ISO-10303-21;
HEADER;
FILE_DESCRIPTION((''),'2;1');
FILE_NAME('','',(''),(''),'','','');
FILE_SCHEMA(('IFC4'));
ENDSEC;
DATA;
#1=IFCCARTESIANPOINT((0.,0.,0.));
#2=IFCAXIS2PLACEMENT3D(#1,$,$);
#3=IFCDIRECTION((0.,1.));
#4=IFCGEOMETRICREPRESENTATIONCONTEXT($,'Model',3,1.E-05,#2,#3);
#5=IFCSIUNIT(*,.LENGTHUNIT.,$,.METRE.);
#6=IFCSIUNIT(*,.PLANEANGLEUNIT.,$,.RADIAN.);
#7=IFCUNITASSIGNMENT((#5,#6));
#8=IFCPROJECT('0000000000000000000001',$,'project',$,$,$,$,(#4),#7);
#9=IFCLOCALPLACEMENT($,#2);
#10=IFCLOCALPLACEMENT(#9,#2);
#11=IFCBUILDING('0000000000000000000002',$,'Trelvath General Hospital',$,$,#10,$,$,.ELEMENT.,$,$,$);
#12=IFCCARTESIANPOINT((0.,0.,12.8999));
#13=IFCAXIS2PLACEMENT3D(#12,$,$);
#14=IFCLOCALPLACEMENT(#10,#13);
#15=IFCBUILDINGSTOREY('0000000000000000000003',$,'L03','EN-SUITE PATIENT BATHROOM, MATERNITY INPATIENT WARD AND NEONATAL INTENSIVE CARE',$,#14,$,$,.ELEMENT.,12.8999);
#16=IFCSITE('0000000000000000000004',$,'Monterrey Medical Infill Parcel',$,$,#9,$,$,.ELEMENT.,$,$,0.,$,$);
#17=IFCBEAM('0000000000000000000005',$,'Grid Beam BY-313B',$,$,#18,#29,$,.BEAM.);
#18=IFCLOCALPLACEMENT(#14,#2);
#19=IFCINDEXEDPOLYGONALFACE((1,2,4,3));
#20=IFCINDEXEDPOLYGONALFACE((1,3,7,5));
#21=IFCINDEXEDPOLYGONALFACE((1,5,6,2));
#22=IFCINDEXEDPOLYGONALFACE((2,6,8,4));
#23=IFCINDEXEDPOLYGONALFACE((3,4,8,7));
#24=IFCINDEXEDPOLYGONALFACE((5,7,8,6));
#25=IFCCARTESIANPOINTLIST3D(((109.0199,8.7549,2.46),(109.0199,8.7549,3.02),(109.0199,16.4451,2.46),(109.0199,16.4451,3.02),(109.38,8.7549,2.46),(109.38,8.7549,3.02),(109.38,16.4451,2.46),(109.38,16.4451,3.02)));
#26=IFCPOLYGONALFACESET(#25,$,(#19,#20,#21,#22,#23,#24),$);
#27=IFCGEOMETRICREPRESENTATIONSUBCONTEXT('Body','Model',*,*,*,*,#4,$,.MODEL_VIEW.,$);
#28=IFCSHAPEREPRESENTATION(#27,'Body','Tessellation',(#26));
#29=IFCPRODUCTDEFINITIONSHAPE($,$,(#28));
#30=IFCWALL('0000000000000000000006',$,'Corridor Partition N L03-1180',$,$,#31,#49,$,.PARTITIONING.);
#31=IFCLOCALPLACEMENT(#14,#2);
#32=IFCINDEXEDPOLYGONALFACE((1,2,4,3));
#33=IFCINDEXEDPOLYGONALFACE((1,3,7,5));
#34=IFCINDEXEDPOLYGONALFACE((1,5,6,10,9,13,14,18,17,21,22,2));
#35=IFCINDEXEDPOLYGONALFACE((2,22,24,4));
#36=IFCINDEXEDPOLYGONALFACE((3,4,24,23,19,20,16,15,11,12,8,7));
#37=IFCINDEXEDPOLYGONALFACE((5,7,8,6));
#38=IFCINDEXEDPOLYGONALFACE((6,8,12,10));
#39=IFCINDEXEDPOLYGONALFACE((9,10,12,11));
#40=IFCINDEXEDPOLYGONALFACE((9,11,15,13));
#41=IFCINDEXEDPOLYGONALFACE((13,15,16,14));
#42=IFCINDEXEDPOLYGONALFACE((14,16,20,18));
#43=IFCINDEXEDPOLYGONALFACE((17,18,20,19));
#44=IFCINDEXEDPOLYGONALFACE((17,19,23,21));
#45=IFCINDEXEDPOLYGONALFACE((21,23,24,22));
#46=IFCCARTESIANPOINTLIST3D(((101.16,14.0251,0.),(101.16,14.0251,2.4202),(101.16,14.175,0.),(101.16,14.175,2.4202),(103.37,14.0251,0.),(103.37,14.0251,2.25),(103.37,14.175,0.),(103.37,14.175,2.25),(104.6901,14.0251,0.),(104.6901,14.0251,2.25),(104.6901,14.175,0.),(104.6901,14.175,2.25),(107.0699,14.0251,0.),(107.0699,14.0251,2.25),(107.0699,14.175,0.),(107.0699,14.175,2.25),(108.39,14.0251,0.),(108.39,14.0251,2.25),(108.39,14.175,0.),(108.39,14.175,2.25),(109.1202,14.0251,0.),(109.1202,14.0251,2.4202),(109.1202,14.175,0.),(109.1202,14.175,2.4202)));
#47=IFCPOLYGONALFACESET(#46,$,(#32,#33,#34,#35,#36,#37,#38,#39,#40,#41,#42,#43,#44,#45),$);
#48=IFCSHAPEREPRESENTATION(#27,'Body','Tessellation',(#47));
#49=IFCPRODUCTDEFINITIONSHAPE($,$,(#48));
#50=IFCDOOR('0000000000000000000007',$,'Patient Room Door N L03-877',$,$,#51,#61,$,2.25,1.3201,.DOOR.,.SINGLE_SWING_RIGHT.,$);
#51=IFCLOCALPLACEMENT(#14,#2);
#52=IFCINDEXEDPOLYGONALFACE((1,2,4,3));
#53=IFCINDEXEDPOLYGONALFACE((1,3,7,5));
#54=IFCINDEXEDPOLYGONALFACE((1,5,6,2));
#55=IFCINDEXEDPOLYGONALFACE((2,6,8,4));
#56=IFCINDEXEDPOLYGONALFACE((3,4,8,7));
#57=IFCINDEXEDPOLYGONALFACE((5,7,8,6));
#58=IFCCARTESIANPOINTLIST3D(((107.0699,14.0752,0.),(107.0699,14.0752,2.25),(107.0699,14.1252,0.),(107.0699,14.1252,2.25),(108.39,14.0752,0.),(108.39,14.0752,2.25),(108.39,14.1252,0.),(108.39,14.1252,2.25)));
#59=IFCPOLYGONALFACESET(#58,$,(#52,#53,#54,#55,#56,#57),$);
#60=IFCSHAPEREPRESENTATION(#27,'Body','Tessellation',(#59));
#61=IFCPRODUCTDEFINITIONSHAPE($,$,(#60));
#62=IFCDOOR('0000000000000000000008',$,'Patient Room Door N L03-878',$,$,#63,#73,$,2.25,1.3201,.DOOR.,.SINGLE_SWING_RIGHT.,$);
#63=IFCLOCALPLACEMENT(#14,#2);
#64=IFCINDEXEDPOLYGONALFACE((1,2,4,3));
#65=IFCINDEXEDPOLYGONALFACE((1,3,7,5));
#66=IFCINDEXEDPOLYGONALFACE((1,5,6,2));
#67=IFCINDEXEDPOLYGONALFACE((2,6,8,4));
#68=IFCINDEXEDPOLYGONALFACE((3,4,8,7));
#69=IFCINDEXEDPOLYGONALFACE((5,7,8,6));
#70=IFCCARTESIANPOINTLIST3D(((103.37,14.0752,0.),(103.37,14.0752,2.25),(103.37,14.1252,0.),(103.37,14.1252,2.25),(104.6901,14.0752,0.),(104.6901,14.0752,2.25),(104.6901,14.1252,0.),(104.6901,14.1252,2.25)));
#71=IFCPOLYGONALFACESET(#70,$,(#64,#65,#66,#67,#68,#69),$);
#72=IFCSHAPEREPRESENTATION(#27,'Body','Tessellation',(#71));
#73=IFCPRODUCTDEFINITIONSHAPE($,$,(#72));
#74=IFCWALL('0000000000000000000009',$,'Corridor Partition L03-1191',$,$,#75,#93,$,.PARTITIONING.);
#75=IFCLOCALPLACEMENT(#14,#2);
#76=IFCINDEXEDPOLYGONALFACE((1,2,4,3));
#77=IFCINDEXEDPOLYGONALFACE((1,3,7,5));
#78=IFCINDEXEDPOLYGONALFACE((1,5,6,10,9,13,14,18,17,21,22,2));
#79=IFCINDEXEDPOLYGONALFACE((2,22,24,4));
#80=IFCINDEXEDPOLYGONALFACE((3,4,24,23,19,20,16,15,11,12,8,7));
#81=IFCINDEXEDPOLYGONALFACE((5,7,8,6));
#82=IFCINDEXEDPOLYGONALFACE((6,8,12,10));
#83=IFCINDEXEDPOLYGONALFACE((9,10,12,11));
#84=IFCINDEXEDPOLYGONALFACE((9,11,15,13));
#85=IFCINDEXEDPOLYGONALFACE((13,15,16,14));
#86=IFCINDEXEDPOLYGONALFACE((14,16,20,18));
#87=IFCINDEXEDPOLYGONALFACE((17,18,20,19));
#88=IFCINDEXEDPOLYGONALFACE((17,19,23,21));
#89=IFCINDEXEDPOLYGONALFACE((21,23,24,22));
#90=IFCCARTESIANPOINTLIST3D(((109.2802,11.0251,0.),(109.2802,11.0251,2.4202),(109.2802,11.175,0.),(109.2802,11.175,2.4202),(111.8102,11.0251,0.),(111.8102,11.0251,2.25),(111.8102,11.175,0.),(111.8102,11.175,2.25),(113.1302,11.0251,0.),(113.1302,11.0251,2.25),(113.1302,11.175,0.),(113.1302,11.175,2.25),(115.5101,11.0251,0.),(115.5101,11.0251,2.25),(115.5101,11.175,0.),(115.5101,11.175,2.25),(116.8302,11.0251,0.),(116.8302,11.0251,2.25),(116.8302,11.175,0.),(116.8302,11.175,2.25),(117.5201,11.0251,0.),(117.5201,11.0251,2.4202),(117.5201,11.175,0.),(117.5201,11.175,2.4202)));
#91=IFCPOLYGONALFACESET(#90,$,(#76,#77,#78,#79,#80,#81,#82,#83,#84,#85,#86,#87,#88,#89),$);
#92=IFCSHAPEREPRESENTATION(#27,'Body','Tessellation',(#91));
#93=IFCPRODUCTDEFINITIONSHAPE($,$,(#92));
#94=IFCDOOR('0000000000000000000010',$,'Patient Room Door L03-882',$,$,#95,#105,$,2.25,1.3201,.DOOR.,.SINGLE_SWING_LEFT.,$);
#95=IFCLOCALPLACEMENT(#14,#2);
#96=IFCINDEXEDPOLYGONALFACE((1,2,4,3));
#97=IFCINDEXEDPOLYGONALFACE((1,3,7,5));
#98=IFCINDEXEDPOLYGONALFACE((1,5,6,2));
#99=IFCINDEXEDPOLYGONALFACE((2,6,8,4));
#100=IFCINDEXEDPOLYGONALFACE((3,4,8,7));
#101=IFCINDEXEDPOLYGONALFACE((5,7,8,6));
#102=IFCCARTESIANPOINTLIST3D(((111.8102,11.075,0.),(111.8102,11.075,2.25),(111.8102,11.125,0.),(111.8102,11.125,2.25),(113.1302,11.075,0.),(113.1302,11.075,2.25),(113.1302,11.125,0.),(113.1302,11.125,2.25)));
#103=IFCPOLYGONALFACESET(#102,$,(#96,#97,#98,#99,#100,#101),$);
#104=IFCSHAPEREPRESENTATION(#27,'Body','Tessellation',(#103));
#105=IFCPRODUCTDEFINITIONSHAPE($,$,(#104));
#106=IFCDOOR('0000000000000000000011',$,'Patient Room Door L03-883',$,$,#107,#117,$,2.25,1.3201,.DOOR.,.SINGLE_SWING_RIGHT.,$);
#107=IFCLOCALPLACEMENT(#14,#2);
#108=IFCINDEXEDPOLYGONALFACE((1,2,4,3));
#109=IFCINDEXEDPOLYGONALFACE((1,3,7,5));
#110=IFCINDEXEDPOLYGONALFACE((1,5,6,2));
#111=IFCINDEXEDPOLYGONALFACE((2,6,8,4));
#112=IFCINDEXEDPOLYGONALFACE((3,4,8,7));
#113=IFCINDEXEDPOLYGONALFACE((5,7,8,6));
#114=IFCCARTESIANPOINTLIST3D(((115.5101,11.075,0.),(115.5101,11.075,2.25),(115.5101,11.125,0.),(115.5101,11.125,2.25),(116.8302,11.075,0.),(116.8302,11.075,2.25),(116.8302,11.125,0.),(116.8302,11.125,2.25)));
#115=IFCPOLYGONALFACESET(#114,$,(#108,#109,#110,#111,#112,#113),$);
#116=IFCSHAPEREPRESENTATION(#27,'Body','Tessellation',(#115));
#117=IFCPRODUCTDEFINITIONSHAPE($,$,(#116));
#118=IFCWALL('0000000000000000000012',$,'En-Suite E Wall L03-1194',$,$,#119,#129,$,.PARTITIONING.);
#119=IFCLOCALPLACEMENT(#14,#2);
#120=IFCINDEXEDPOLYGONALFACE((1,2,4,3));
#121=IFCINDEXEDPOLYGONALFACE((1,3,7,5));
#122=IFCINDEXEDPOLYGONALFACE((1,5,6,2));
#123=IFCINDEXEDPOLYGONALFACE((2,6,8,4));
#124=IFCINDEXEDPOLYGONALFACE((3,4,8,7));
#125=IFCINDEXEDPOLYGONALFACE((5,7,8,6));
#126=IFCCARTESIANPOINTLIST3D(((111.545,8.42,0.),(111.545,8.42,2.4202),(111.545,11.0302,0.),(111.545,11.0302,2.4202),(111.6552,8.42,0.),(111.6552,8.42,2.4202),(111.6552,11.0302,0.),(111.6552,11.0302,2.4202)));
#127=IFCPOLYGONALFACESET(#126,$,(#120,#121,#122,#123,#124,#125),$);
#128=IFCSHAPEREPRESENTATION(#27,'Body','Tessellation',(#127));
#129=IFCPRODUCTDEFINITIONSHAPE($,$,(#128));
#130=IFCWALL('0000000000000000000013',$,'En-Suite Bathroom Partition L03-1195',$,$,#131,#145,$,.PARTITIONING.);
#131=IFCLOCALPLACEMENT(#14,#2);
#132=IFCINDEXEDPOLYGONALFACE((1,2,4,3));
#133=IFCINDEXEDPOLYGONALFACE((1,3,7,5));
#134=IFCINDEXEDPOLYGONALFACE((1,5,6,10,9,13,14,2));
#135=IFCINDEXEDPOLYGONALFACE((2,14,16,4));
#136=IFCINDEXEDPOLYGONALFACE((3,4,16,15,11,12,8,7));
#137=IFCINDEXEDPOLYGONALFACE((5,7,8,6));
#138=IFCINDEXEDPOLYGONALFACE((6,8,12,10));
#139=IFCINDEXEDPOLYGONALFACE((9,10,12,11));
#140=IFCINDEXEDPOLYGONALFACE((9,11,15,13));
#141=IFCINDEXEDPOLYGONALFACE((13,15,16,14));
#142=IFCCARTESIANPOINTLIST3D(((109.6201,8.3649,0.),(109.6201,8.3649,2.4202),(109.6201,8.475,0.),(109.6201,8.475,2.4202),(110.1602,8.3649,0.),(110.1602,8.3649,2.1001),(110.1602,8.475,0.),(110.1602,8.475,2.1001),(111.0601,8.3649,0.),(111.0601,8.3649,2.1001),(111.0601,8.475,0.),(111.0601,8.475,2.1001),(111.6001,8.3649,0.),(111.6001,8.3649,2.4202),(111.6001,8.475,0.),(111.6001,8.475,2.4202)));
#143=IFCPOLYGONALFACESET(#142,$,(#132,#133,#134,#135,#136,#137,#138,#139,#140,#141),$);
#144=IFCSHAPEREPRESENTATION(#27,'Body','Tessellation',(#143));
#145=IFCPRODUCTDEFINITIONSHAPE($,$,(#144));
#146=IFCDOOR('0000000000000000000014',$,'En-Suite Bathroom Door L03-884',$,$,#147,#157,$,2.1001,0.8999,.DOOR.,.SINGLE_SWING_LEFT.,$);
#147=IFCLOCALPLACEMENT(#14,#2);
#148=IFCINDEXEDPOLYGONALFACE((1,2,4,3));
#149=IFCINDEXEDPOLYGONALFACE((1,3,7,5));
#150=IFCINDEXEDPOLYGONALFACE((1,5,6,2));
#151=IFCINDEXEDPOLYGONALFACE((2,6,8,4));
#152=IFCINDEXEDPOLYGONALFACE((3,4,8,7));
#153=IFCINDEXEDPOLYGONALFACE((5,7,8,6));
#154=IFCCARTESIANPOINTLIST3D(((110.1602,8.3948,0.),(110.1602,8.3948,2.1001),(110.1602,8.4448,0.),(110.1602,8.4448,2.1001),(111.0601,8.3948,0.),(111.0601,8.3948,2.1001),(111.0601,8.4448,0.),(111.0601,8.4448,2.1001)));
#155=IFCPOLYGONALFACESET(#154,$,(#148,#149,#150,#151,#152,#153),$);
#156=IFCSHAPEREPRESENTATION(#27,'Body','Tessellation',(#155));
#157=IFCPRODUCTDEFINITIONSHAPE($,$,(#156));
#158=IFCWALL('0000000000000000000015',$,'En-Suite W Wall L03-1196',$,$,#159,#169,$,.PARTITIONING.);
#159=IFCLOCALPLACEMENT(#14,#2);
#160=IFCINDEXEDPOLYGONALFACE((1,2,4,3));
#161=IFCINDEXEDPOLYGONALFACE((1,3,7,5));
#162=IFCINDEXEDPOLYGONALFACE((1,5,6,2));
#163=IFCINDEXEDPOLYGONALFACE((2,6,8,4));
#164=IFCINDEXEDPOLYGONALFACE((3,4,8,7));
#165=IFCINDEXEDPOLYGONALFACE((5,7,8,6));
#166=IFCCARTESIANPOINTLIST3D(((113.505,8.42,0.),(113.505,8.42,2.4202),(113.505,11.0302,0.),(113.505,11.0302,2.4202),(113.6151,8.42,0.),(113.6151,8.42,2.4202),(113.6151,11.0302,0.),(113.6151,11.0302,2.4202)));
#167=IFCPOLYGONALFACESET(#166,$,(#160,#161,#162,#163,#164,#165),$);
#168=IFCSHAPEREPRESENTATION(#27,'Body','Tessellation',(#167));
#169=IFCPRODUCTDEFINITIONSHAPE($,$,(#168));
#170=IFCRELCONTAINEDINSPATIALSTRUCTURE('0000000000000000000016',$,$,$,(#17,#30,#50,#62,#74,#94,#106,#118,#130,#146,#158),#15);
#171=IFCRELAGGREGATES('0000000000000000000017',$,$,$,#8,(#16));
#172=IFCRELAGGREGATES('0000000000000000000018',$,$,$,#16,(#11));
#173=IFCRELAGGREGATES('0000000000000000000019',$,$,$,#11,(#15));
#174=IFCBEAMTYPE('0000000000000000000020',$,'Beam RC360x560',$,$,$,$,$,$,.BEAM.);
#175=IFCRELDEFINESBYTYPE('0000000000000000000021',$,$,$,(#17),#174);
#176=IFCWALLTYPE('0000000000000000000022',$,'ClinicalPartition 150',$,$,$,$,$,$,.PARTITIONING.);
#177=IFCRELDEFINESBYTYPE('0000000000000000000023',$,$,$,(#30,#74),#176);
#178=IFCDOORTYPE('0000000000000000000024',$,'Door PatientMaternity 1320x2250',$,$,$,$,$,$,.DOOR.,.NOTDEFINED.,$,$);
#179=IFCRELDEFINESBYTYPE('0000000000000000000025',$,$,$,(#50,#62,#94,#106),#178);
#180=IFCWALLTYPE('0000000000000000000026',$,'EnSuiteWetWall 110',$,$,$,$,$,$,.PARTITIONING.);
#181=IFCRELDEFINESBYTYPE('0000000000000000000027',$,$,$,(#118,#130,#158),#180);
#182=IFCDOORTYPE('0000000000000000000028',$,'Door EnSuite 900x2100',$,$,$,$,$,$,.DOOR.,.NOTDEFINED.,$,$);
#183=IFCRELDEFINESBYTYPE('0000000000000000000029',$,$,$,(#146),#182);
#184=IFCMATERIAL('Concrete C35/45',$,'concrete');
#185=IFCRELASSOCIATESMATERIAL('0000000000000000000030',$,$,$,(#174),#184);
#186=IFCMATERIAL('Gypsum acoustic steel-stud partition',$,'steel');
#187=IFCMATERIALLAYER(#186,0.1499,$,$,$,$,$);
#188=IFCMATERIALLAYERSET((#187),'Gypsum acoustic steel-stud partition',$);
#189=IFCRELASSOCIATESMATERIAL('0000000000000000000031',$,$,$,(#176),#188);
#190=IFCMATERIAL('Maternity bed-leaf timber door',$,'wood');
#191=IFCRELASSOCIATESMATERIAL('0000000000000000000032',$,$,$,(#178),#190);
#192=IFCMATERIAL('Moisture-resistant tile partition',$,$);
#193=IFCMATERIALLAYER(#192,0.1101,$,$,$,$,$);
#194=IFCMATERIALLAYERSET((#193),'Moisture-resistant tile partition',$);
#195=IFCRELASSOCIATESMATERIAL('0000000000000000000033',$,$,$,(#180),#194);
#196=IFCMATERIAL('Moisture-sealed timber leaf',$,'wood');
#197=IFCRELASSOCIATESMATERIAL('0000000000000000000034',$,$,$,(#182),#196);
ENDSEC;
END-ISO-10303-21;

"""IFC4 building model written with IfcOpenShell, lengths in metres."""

from ifc_helpers import new_model, si_unit, direction, frame, frame_2d, origin, origin_2d, place, context, subcontext, project, spatial, rectangle, extrude, material, layer, layer_set, material_profile, profile_set, type_object, element, fill, save


model = new_model("IFC4")

# Units and contexts
model_context = context("Model", 3, precision=1e-05, world=origin(), true_north=direction((0.0, 1.0)))
body_context = subcontext(model_context, "Body", "Model", "MODEL_VIEW")
ifc_project = project(units=[si_unit("LENGTHUNIT", "METRE"), si_unit("PLANEANGLEUNIT", "RADIAN")], contexts=[model_context])

# Site, building, storey
site_placement = place(None, origin())
site = spatial("IfcSite", under=ifc_project, at=site_placement, Name="Monterrey Medical Infill Parcel", CompositionType="ELEMENT", RefElevation=0.0)
building_placement = place(site_placement, origin())
building = spatial("IfcBuilding", under=site, at=building_placement, Name="Trelvath General Hospital", CompositionType="ELEMENT")
storey_placement = place(building_placement, frame((0.0, 0.0, 12.8999)))
storey = spatial("IfcBuildingStorey", under=building, at=storey_placement, Name="L03", Description="EN-SUITE PATIENT BATHROOM, MATERNITY INPATIENT WARD AND NEONATAL INTENSIVE CARE", CompositionType="ELEMENT", Elevation=12.8999)

# Beam
ifc_material_1 = material(Name="Concrete C35/45", Category="concrete")
ifc_material_profile = material_profile(ifc_material_1, rectangle(XDim=0.3601, YDim=0.5601, at=origin_2d()), Name="RCB360x560")
ifc_profile_set = profile_set([ifc_material_profile], Name="Concrete C35/45")
beam_type = type_object("IfcBeamType", Name="Beam RC360x560", PredefinedType="BEAM", material=ifc_profile_set)
beam_placement = place(storey_placement, frame((109.2, 8.7549, 2.74), z_axis=(0.0, 1.0, 0.0), x_axis=(-1.0, 0.0, 0.0)))
element("IfcBeam", 1, at=beam_placement, inside=storey, type_object=beam_type, Name="Grid Beam BY-313B", PredefinedType="BEAM", context=body_context, shape_type="SweptSolid", body=[
    extrude(rectangle(XDim=0.3601, YDim=0.5601, at=origin_2d()), origin(), (0.0, 0.0, 1.0), 7.6902),
])

# Walls, openings, doors
ifc_material_2 = material(Name="Gypsum acoustic steel-stud partition", Category="steel")
ifc_layer_1 = layer(ifc_material_2, 0.1499)
ifc_layer_set_1 = layer_set([ifc_layer_1], Name="Gypsum acoustic steel-stud partition")
wall_type_1 = type_object("IfcWallType", Name="ClinicalPartition 150", PredefinedType="PARTITIONING", material=ifc_layer_set_1)
wall_1_placement = place(storey_placement, frame((109.1201, 14.1001, 0.0), z_axis=(0.0, 0.0, 1.0), x_axis=(-1.0, 0.0, 0.0)))
wall_1 = element("IfcWall", 2, at=wall_1_placement, inside=storey, type_object=wall_type_1, Name="Corridor Partition N L03-1180", PredefinedType="PARTITIONING", context=body_context, shape_type="SweptSolid", body=[
    extrude(rectangle(XDim=7.9602, YDim=0.1499, at=frame_2d((3.98, 0.0))), origin(), (0.0, 0.0, 1.0), 2.4202),
])
opening_1_placement = place(wall_1_placement, frame((0.73, 0.0, 0.0)))
opening_1 = element("IfcOpeningElement", 3, at=opening_1_placement, cuts=wall_1, PredefinedType="OPENING", context=body_context, shape_type="SweptSolid", body=[
    extrude(rectangle(XDim=1.3201, YDim=2.25, at=frame_2d((0.6602, 1.125))), frame((0.0, 0.085, 0.0), z_axis=(0.0, -1.0, 0.0), x_axis=(1.0, 0.0, 0.0)), (0.0, 0.0, 1.0), 0.1699),
])
opening_2_placement = place(wall_1_placement, frame((4.4299, 0.0, 0.0)))
opening_2 = element("IfcOpeningElement", 4, at=opening_2_placement, cuts=wall_1, PredefinedType="OPENING", context=body_context, shape_type="SweptSolid", body=[
    extrude(rectangle(XDim=1.3201, YDim=2.25, at=frame_2d((0.6602, 1.125))), frame((0.0, 0.085, 0.0), z_axis=(0.0, -1.0, 0.0), x_axis=(1.0, 0.0, 0.0)), (0.0, 0.0, 1.0), 0.1699),
])
ifc_material_3 = material(Name="Maternity bed-leaf timber door", Category="wood")
door_type_1 = type_object("IfcDoorType", Name="Door PatientMaternity 1320x2250", OperationType="NOTDEFINED", PredefinedType="DOOR", material=ifc_material_3)
door_1_placement = place(opening_1_placement, origin())
door_1 = element("IfcDoor", 5, at=door_1_placement, inside=storey, type_object=door_type_1, Name="Patient Room Door N L03-877", OperationType="SINGLE_SWING_RIGHT", OverallHeight=2.25, OverallWidth=1.3201, PredefinedType="DOOR", context=body_context, shape_type="SweptSolid", body=[
    extrude(rectangle(XDim=1.3201, YDim=2.25, at=frame_2d((0.6602, 1.125))), frame((0.0, 0.0249, 0.0), z_axis=(0.0, -1.0, 0.0), x_axis=(1.0, 0.0, 0.0)), (0.0, 0.0, 1.0), 0.05),
])
fill(opening_1, door_1)
door_2_placement = place(opening_2_placement, origin())
door_2 = element("IfcDoor", 6, at=door_2_placement, inside=storey, type_object=door_type_1, Name="Patient Room Door N L03-878", OperationType="SINGLE_SWING_RIGHT", OverallHeight=2.25, OverallWidth=1.3201, PredefinedType="DOOR", context=body_context, shape_type="SweptSolid", body=[
    extrude(rectangle(XDim=1.3201, YDim=2.25, at=frame_2d((0.6602, 1.125))), frame((0.0, 0.0249, 0.0), z_axis=(0.0, -1.0, 0.0), x_axis=(1.0, 0.0, 0.0)), (0.0, 0.0, 1.0), 0.05),
])
fill(opening_2, door_2)
wall_2_placement = place(storey_placement, frame((109.28, 11.1001, 0.0), z_axis=(0.0, 0.0, 1.0), x_axis=(1.0, 0.0, 0.0)))
wall_2 = element("IfcWall", 7, at=wall_2_placement, inside=storey, type_object=wall_type_1, Name="Corridor Partition L03-1191", PredefinedType="PARTITIONING", context=body_context, shape_type="SweptSolid", body=[
    extrude(rectangle(XDim=8.24, YDim=0.1499, at=frame_2d((4.1201, 0.0))), origin(), (0.0, 0.0, 1.0), 2.4202),
])
opening_3_placement = place(wall_2_placement, frame((2.53, 0.0, 0.0)))
opening_3 = element("IfcOpeningElement", 8, at=opening_3_placement, cuts=wall_2, PredefinedType="OPENING", context=body_context, shape_type="SweptSolid", body=[
    extrude(rectangle(XDim=1.3201, YDim=2.25, at=frame_2d((0.6602, 1.125))), frame((0.0, 0.085, 0.0), z_axis=(0.0, -1.0, 0.0), x_axis=(1.0, 0.0, 0.0)), (0.0, 0.0, 1.0), 0.1699),
])
opening_4_placement = place(wall_2_placement, frame((6.23, 0.0, 0.0)))
opening_4 = element("IfcOpeningElement", 9, at=opening_4_placement, cuts=wall_2, PredefinedType="OPENING", context=body_context, shape_type="SweptSolid", body=[
    extrude(rectangle(XDim=1.3201, YDim=2.25, at=frame_2d((0.6602, 1.125))), frame((0.0, 0.085, 0.0), z_axis=(0.0, -1.0, 0.0), x_axis=(1.0, 0.0, 0.0)), (0.0, 0.0, 1.0), 0.1699),
])
door_3_placement = place(opening_3_placement, origin())
door_3 = element("IfcDoor", 10, at=door_3_placement, inside=storey, type_object=door_type_1, Name="Patient Room Door L03-882", OperationType="SINGLE_SWING_LEFT", OverallHeight=2.25, OverallWidth=1.3201, PredefinedType="DOOR", context=body_context, shape_type="SweptSolid", body=[
    extrude(rectangle(XDim=1.3201, YDim=2.25, at=frame_2d((0.6602, 1.125))), frame((0.0, 0.0249, 0.0), z_axis=(0.0, -1.0, 0.0), x_axis=(1.0, 0.0, 0.0)), (0.0, 0.0, 1.0), 0.05),
])
fill(opening_3, door_3)
door_4_placement = place(opening_4_placement, origin())
door_4 = element("IfcDoor", 11, at=door_4_placement, inside=storey, type_object=door_type_1, Name="Patient Room Door L03-883", OperationType="SINGLE_SWING_RIGHT", OverallHeight=2.25, OverallWidth=1.3201, PredefinedType="DOOR", context=body_context, shape_type="SweptSolid", body=[
    extrude(rectangle(XDim=1.3201, YDim=2.25, at=frame_2d((0.6602, 1.125))), frame((0.0, 0.0249, 0.0), z_axis=(0.0, -1.0, 0.0), x_axis=(1.0, 0.0, 0.0)), (0.0, 0.0, 1.0), 0.05),
])
fill(opening_4, door_4)

# Wall
ifc_material_4 = material(Name="Moisture-resistant tile partition")
ifc_layer_2 = layer(ifc_material_4, 0.1101)
ifc_layer_set_2 = layer_set([ifc_layer_2], Name="Moisture-resistant tile partition")
wall_type_2 = type_object("IfcWallType", Name="EnSuiteWetWall 110", PredefinedType="PARTITIONING", material=ifc_layer_set_2)
wall_3_placement = place(storey_placement, frame((111.6001, 8.4199, 0.0), z_axis=(0.0, 0.0, 1.0), x_axis=(0.0, 1.0, 0.0)))
element("IfcWall", 12, at=wall_3_placement, inside=storey, type_object=wall_type_2, Name="En-Suite E Wall L03-1194", PredefinedType="PARTITIONING", context=body_context, shape_type="SweptSolid", body=[
    extrude(rectangle(XDim=2.6101, YDim=0.1101, at=frame_2d((1.3052, 0.0))), origin(), (0.0, 0.0, 1.0), 2.4202),
])

# Wall, opening, door
wall_4_placement = place(storey_placement, frame((109.6201, 8.4199, 0.0), z_axis=(0.0, 0.0, 1.0), x_axis=(1.0, 0.0, 0.0)))
wall_4 = element("IfcWall", 13, at=wall_4_placement, inside=storey, type_object=wall_type_2, Name="En-Suite Bathroom Partition L03-1195", PredefinedType="PARTITIONING", context=body_context, shape_type="SweptSolid", body=[
    extrude(rectangle(XDim=1.98, YDim=0.1101, at=frame_2d((0.99, 0.0))), origin(), (0.0, 0.0, 1.0), 2.4202),
])
opening_5_placement = place(wall_4_placement, frame((0.54, 0.0, 0.0)))
opening_5 = element("IfcOpeningElement", 14, at=opening_5_placement, cuts=wall_4, PredefinedType="OPENING", context=body_context, shape_type="SweptSolid", body=[
    extrude(rectangle(XDim=0.8999, YDim=2.1001, at=frame_2d((0.45, 1.05))), frame((0.0, 0.0649, 0.0), z_axis=(0.0, -1.0, 0.0), x_axis=(1.0, 0.0, 0.0)), (0.0, 0.0, 1.0), 0.1301),
])
ifc_material_5 = material(Name="Moisture-sealed timber leaf", Category="wood")
door_type_2 = type_object("IfcDoorType", Name="Door EnSuite 900x2100", OperationType="NOTDEFINED", PredefinedType="DOOR", material=ifc_material_5)
door_5_placement = place(opening_5_placement, origin())
door_5 = element("IfcDoor", 15, at=door_5_placement, inside=storey, type_object=door_type_2, Name="En-Suite Bathroom Door L03-884", OperationType="SINGLE_SWING_LEFT", OverallHeight=2.1001, OverallWidth=0.8999, PredefinedType="DOOR", context=body_context, shape_type="SweptSolid", body=[
    extrude(rectangle(XDim=0.8999, YDim=2.1001, at=frame_2d((0.45, 1.05))), frame((0.0, 0.0249, 0.0), z_axis=(0.0, -1.0, 0.0), x_axis=(1.0, 0.0, 0.0)), (0.0, 0.0, 1.0), 0.05),
])
fill(opening_5, door_5)

# Wall
wall_5_placement = place(storey_placement, frame((113.5601, 8.4199, 0.0), z_axis=(0.0, 0.0, 1.0), x_axis=(0.0, 1.0, 0.0)))
element("IfcWall", 16, at=wall_5_placement, inside=storey, type_object=wall_type_2, Name="En-Suite W Wall L03-1196", PredefinedType="PARTITIONING", context=body_context, shape_type="SweptSolid", body=[
    extrude(rectangle(XDim=2.6101, YDim=0.1101, at=frame_2d((1.3052, 0.0))), origin(), (0.0, 0.0, 1.0), 2.4202),
])

save(model, "model.ifc")
